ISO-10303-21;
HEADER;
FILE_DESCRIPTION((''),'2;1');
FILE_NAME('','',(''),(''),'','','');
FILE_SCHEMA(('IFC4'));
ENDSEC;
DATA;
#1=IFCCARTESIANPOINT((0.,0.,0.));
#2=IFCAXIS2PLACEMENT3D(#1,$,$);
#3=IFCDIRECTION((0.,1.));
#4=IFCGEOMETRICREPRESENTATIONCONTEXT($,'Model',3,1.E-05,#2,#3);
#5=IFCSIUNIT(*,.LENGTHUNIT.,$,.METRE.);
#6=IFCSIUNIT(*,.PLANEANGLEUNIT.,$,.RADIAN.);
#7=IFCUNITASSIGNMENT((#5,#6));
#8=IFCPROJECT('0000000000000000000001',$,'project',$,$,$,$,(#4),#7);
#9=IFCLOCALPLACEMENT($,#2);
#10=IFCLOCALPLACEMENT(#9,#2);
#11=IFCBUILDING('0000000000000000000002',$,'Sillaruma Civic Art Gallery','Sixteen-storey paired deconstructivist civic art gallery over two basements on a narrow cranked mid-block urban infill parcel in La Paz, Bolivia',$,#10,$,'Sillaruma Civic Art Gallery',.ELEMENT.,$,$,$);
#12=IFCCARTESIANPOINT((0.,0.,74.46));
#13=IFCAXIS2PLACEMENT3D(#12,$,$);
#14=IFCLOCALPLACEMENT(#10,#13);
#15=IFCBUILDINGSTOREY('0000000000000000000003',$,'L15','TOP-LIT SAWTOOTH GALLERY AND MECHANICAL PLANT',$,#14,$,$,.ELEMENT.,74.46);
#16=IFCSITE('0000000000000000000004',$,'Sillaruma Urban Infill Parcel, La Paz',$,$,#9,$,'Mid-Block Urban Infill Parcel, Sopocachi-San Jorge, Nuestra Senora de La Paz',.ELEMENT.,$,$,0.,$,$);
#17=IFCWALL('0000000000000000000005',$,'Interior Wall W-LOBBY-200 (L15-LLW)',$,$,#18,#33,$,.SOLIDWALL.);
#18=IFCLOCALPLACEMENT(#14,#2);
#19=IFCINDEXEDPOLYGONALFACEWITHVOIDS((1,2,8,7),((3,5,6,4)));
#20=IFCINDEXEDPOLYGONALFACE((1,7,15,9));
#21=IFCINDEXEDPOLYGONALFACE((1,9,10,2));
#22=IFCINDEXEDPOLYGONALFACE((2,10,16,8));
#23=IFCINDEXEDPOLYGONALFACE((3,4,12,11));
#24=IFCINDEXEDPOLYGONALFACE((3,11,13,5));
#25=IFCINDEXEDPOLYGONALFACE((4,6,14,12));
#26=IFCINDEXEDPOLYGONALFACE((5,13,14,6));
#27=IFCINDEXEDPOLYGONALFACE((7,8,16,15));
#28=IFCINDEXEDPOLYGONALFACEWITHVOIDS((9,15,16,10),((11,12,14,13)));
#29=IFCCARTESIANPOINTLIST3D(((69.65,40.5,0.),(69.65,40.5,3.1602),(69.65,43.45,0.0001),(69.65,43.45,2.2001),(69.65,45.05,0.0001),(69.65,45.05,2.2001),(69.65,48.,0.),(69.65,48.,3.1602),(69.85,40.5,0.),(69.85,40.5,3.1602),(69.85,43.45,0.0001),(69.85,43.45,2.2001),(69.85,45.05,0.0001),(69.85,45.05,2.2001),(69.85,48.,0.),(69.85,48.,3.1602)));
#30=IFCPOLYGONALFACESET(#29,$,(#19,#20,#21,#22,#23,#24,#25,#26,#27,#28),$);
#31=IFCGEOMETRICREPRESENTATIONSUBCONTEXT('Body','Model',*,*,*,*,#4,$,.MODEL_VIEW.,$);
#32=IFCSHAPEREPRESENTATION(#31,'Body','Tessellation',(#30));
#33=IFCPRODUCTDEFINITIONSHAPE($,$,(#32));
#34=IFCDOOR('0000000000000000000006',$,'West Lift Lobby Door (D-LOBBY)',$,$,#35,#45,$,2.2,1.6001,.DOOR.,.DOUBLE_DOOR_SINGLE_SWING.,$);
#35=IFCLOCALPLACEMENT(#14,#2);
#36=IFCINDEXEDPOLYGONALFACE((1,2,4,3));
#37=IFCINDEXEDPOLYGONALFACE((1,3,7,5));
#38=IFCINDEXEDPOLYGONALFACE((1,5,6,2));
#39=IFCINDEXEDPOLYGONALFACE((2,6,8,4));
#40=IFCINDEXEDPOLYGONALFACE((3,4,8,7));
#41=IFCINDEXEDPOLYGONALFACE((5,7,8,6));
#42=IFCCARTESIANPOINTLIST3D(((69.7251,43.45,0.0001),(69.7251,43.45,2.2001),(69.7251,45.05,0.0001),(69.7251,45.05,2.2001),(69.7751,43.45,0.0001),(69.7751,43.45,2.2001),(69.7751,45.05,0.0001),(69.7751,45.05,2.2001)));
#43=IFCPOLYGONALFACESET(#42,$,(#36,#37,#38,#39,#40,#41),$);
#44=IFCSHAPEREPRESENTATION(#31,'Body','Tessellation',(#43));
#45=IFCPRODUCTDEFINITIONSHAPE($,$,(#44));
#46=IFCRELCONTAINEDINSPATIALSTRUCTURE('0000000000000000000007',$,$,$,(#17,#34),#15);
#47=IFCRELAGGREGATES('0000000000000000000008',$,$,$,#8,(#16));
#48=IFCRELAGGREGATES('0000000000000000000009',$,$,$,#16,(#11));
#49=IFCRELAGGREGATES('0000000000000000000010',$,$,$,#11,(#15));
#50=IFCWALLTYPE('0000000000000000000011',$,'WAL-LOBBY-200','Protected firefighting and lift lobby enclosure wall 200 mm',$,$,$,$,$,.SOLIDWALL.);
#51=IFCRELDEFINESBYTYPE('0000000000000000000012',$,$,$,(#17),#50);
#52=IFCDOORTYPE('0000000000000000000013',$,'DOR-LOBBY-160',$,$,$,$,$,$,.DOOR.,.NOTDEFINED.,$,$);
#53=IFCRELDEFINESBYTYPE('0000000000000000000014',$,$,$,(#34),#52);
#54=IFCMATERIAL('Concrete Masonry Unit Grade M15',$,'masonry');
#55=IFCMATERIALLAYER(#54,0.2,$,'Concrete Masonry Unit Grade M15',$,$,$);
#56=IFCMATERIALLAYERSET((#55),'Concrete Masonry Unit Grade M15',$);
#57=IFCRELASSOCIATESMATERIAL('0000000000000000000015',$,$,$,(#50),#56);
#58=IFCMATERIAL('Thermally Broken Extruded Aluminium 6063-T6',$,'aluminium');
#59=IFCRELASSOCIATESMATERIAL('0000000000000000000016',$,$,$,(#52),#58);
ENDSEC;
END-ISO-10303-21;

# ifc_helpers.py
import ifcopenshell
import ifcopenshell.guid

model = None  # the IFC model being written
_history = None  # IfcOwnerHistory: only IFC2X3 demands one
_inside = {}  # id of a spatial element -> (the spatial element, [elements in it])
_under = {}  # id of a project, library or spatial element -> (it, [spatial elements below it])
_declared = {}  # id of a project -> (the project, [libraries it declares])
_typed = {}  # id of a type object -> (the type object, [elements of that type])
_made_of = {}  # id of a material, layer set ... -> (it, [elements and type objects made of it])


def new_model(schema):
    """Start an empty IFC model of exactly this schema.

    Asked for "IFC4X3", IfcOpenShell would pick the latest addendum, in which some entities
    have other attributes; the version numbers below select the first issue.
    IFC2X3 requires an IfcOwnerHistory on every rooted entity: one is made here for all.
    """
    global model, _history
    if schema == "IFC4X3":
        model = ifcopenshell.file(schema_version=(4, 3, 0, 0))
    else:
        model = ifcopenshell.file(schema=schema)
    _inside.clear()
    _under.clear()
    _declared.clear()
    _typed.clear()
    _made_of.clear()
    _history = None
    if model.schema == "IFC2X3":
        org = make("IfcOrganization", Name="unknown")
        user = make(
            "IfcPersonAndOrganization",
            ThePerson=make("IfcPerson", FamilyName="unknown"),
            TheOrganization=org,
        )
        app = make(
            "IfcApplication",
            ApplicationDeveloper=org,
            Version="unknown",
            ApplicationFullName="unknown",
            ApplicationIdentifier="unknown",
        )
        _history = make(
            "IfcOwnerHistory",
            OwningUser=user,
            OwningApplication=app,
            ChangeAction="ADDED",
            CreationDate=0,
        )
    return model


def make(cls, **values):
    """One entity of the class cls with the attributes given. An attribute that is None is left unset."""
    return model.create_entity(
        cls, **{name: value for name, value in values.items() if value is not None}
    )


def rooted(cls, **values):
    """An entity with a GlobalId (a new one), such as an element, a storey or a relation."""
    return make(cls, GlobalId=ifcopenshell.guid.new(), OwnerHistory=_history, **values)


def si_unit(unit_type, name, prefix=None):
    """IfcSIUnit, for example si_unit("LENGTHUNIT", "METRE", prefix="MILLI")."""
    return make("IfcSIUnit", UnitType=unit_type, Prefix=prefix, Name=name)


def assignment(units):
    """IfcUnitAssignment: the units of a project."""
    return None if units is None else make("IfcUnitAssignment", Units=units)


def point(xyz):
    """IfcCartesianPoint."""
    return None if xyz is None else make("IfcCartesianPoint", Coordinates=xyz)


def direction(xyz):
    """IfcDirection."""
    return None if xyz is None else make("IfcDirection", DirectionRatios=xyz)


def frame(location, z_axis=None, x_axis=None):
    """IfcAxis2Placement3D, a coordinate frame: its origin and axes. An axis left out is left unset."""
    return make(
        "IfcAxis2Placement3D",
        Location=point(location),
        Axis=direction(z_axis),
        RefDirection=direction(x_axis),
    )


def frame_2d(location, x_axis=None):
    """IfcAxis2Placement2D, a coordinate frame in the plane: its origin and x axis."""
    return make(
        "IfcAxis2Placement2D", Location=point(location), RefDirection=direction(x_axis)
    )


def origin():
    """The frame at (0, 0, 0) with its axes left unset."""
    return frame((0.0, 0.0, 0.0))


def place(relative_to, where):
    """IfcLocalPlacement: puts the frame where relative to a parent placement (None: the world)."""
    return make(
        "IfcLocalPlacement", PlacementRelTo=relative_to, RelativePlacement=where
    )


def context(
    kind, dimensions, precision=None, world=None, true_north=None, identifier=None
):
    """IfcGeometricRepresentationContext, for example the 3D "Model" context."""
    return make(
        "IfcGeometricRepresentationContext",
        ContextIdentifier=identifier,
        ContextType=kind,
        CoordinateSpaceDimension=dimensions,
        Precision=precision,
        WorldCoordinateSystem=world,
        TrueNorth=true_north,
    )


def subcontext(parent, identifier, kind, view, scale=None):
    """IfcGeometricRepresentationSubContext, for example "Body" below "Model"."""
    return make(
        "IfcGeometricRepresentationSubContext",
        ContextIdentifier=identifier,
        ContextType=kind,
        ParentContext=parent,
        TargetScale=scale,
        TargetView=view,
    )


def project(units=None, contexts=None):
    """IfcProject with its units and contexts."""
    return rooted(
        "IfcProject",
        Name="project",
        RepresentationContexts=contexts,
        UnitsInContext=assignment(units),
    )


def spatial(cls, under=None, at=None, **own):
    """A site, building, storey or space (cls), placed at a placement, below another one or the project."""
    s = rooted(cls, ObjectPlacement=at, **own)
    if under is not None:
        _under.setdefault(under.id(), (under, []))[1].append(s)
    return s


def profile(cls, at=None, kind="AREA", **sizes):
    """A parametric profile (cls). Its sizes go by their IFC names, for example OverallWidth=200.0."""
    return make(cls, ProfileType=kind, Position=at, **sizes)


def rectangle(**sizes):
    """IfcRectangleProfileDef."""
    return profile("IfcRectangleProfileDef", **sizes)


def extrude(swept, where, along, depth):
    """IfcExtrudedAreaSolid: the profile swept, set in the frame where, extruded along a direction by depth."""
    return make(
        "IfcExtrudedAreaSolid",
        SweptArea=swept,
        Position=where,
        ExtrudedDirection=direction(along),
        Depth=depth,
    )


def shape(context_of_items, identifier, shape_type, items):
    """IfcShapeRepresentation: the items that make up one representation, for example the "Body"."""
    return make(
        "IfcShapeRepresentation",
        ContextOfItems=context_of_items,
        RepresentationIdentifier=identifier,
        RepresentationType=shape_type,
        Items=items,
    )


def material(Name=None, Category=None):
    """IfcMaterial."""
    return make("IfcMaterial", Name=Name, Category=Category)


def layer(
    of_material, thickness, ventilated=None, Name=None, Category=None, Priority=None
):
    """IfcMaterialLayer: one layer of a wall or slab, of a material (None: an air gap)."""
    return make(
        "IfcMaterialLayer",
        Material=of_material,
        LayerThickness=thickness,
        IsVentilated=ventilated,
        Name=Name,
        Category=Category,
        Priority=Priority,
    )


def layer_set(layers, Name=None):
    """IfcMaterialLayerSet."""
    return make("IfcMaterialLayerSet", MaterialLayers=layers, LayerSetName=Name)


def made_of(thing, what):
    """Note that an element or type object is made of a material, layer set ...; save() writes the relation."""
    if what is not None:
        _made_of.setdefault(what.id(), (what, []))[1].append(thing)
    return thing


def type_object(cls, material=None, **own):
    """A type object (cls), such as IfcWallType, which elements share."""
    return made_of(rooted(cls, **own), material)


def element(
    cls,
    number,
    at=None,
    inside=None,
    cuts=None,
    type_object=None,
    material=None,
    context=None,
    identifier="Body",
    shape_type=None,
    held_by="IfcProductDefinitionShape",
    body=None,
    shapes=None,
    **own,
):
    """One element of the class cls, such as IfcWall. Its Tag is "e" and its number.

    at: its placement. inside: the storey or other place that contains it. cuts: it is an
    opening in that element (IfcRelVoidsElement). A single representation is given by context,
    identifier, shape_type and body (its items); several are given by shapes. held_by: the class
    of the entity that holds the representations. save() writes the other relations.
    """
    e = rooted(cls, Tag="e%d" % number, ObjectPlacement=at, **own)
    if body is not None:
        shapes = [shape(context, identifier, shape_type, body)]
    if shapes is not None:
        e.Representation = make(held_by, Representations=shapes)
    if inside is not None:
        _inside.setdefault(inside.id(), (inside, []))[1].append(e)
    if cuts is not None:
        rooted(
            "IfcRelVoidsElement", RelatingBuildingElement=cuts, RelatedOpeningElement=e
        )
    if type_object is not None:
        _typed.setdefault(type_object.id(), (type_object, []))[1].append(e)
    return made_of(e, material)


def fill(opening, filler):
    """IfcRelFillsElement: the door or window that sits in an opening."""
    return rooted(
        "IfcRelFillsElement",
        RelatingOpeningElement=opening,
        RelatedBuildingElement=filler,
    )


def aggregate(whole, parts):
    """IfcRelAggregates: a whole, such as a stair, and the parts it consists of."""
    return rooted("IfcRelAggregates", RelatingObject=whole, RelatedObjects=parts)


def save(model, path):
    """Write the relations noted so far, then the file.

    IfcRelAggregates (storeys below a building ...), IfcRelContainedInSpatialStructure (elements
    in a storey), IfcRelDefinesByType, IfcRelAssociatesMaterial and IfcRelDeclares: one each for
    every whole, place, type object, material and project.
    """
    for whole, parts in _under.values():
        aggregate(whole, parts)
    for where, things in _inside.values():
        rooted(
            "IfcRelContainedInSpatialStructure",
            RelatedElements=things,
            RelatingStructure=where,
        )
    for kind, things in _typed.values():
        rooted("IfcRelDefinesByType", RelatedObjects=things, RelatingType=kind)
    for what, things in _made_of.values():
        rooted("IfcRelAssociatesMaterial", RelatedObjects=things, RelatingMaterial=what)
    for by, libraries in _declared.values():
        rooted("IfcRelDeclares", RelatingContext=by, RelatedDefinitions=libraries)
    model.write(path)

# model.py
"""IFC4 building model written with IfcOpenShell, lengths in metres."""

from ifc_helpers import new_model, si_unit, direction, frame, frame_2d, origin, place, context, subcontext, project, spatial, rectangle, extrude, material, layer, layer_set, type_object, element, fill, save


model = new_model("IFC4")

# Units and contexts
model_context = context("Model", 3, precision=1e-05, world=origin(), true_north=direction((0.0, 1.0)))
body_context = subcontext(model_context, "Body", "Model", "MODEL_VIEW")
ifc_project = project(units=[si_unit("LENGTHUNIT", "METRE"), si_unit("PLANEANGLEUNIT", "RADIAN")], contexts=[model_context])

# Site, building, storey
site_placement = place(None, origin())
site = spatial("IfcSite", under=ifc_project, at=site_placement, Name="Sillaruma Urban Infill Parcel, La Paz", LongName="Mid-Block Urban Infill Parcel, Sopocachi-San Jorge, Nuestra Senora de La Paz", CompositionType="ELEMENT", RefElevation=0.0)
building_placement = place(site_placement, origin())
building = spatial("IfcBuilding", under=site, at=building_placement, Name="Sillaruma Civic Art Gallery", Description="Sixteen-storey paired deconstructivist civic art gallery over two basements on a narrow cranked mid-block urban infill parcel in La Paz, Bolivia", LongName="Sillaruma Civic Art Gallery", CompositionType="ELEMENT")
storey_placement = place(building_placement, frame((0.0, 0.0, 74.46)))
storey = spatial("IfcBuildingStorey", under=building, at=storey_placement, Name="L15", Description="TOP-LIT SAWTOOTH GALLERY AND MECHANICAL PLANT", CompositionType="ELEMENT", Elevation=74.46)

# Shared definitions
ifc_material_1 = material(Name="Concrete Masonry Unit Grade M15", Category="masonry")
ifc_layer_1 = layer(ifc_material_1, 0.2, Name="Concrete Masonry Unit Grade M15")
ifc_layer_set_1 = layer_set([ifc_layer_1], Name="Concrete Masonry Unit Grade M15")
wall_type_1 = type_object("IfcWallType", Name="WAL-LOBBY-200", Description="Protected firefighting and lift lobby enclosure wall 200 mm", PredefinedType="SOLIDWALL", material=ifc_layer_set_1)

# Wall, opening, door
wall_1_placement = place(storey_placement, frame((69.75, 40.5, 0.0), z_axis=(0.0, 0.0, 1.0), x_axis=(0.0, 1.0, 0.0)))
wall_1 = element("IfcWall", 1, at=wall_1_placement, inside=storey, type_object=wall_type_1, Name="Interior Wall W-LOBBY-200 (L15-LLW)", PredefinedType="SOLIDWALL", context=body_context, shape_type="SweptSolid", body=[
    extrude(rectangle(XDim=7.5, YDim=0.2, at=frame_2d((3.75, 0.0))), origin(), (0.0, 0.0, 1.0), 3.1602),
])
opening_placement = place(wall_1_placement, frame((2.95, 0.0, 0.0)))
opening = element("IfcOpeningElement", 2, at=opening_placement, cuts=wall_1, PredefinedType="OPENING", context=body_context, shape_type="SweptSolid", body=[
    extrude(rectangle(XDim=1.6001, YDim=2.2, at=frame_2d((0.8, 1.1001))), frame((0.0, 0.1099, 0.0), z_axis=(0.0, -1.0, 0.0), x_axis=(1.0, 0.0, 0.0)), (0.0, 0.0, 1.0), 0.22),
])
ifc_material_2 = material(Name="Thermally Broken Extruded Aluminium 6063-T6", Category="aluminium")
door_type = type_object("IfcDoorType", Name="DOR-LOBBY-160", OperationType="NOTDEFINED", PredefinedType="DOOR", material=ifc_material_2)
door_placement = place(opening_placement, origin())
door = element("IfcDoor", 3, at=door_placement, inside=storey, type_object=door_type, Name="West Lift Lobby Door (D-LOBBY)", OperationType="DOUBLE_DOOR_SINGLE_SWING", OverallHeight=2.2, OverallWidth=1.6001, PredefinedType="DOOR", context=body_context, shape_type="SweptSolid", body=[
    extrude(rectangle(XDim=1.6001, YDim=2.2, at=frame_2d((0.8, 1.1001))), frame((0.0, 0.0249, 0.0), z_axis=(0.0, -1.0, 0.0), x_axis=(1.0, 0.0, 0.0)), (0.0, 0.0, 1.0), 0.05),
])
fill(opening, door)

save(model, "model.ifc")
